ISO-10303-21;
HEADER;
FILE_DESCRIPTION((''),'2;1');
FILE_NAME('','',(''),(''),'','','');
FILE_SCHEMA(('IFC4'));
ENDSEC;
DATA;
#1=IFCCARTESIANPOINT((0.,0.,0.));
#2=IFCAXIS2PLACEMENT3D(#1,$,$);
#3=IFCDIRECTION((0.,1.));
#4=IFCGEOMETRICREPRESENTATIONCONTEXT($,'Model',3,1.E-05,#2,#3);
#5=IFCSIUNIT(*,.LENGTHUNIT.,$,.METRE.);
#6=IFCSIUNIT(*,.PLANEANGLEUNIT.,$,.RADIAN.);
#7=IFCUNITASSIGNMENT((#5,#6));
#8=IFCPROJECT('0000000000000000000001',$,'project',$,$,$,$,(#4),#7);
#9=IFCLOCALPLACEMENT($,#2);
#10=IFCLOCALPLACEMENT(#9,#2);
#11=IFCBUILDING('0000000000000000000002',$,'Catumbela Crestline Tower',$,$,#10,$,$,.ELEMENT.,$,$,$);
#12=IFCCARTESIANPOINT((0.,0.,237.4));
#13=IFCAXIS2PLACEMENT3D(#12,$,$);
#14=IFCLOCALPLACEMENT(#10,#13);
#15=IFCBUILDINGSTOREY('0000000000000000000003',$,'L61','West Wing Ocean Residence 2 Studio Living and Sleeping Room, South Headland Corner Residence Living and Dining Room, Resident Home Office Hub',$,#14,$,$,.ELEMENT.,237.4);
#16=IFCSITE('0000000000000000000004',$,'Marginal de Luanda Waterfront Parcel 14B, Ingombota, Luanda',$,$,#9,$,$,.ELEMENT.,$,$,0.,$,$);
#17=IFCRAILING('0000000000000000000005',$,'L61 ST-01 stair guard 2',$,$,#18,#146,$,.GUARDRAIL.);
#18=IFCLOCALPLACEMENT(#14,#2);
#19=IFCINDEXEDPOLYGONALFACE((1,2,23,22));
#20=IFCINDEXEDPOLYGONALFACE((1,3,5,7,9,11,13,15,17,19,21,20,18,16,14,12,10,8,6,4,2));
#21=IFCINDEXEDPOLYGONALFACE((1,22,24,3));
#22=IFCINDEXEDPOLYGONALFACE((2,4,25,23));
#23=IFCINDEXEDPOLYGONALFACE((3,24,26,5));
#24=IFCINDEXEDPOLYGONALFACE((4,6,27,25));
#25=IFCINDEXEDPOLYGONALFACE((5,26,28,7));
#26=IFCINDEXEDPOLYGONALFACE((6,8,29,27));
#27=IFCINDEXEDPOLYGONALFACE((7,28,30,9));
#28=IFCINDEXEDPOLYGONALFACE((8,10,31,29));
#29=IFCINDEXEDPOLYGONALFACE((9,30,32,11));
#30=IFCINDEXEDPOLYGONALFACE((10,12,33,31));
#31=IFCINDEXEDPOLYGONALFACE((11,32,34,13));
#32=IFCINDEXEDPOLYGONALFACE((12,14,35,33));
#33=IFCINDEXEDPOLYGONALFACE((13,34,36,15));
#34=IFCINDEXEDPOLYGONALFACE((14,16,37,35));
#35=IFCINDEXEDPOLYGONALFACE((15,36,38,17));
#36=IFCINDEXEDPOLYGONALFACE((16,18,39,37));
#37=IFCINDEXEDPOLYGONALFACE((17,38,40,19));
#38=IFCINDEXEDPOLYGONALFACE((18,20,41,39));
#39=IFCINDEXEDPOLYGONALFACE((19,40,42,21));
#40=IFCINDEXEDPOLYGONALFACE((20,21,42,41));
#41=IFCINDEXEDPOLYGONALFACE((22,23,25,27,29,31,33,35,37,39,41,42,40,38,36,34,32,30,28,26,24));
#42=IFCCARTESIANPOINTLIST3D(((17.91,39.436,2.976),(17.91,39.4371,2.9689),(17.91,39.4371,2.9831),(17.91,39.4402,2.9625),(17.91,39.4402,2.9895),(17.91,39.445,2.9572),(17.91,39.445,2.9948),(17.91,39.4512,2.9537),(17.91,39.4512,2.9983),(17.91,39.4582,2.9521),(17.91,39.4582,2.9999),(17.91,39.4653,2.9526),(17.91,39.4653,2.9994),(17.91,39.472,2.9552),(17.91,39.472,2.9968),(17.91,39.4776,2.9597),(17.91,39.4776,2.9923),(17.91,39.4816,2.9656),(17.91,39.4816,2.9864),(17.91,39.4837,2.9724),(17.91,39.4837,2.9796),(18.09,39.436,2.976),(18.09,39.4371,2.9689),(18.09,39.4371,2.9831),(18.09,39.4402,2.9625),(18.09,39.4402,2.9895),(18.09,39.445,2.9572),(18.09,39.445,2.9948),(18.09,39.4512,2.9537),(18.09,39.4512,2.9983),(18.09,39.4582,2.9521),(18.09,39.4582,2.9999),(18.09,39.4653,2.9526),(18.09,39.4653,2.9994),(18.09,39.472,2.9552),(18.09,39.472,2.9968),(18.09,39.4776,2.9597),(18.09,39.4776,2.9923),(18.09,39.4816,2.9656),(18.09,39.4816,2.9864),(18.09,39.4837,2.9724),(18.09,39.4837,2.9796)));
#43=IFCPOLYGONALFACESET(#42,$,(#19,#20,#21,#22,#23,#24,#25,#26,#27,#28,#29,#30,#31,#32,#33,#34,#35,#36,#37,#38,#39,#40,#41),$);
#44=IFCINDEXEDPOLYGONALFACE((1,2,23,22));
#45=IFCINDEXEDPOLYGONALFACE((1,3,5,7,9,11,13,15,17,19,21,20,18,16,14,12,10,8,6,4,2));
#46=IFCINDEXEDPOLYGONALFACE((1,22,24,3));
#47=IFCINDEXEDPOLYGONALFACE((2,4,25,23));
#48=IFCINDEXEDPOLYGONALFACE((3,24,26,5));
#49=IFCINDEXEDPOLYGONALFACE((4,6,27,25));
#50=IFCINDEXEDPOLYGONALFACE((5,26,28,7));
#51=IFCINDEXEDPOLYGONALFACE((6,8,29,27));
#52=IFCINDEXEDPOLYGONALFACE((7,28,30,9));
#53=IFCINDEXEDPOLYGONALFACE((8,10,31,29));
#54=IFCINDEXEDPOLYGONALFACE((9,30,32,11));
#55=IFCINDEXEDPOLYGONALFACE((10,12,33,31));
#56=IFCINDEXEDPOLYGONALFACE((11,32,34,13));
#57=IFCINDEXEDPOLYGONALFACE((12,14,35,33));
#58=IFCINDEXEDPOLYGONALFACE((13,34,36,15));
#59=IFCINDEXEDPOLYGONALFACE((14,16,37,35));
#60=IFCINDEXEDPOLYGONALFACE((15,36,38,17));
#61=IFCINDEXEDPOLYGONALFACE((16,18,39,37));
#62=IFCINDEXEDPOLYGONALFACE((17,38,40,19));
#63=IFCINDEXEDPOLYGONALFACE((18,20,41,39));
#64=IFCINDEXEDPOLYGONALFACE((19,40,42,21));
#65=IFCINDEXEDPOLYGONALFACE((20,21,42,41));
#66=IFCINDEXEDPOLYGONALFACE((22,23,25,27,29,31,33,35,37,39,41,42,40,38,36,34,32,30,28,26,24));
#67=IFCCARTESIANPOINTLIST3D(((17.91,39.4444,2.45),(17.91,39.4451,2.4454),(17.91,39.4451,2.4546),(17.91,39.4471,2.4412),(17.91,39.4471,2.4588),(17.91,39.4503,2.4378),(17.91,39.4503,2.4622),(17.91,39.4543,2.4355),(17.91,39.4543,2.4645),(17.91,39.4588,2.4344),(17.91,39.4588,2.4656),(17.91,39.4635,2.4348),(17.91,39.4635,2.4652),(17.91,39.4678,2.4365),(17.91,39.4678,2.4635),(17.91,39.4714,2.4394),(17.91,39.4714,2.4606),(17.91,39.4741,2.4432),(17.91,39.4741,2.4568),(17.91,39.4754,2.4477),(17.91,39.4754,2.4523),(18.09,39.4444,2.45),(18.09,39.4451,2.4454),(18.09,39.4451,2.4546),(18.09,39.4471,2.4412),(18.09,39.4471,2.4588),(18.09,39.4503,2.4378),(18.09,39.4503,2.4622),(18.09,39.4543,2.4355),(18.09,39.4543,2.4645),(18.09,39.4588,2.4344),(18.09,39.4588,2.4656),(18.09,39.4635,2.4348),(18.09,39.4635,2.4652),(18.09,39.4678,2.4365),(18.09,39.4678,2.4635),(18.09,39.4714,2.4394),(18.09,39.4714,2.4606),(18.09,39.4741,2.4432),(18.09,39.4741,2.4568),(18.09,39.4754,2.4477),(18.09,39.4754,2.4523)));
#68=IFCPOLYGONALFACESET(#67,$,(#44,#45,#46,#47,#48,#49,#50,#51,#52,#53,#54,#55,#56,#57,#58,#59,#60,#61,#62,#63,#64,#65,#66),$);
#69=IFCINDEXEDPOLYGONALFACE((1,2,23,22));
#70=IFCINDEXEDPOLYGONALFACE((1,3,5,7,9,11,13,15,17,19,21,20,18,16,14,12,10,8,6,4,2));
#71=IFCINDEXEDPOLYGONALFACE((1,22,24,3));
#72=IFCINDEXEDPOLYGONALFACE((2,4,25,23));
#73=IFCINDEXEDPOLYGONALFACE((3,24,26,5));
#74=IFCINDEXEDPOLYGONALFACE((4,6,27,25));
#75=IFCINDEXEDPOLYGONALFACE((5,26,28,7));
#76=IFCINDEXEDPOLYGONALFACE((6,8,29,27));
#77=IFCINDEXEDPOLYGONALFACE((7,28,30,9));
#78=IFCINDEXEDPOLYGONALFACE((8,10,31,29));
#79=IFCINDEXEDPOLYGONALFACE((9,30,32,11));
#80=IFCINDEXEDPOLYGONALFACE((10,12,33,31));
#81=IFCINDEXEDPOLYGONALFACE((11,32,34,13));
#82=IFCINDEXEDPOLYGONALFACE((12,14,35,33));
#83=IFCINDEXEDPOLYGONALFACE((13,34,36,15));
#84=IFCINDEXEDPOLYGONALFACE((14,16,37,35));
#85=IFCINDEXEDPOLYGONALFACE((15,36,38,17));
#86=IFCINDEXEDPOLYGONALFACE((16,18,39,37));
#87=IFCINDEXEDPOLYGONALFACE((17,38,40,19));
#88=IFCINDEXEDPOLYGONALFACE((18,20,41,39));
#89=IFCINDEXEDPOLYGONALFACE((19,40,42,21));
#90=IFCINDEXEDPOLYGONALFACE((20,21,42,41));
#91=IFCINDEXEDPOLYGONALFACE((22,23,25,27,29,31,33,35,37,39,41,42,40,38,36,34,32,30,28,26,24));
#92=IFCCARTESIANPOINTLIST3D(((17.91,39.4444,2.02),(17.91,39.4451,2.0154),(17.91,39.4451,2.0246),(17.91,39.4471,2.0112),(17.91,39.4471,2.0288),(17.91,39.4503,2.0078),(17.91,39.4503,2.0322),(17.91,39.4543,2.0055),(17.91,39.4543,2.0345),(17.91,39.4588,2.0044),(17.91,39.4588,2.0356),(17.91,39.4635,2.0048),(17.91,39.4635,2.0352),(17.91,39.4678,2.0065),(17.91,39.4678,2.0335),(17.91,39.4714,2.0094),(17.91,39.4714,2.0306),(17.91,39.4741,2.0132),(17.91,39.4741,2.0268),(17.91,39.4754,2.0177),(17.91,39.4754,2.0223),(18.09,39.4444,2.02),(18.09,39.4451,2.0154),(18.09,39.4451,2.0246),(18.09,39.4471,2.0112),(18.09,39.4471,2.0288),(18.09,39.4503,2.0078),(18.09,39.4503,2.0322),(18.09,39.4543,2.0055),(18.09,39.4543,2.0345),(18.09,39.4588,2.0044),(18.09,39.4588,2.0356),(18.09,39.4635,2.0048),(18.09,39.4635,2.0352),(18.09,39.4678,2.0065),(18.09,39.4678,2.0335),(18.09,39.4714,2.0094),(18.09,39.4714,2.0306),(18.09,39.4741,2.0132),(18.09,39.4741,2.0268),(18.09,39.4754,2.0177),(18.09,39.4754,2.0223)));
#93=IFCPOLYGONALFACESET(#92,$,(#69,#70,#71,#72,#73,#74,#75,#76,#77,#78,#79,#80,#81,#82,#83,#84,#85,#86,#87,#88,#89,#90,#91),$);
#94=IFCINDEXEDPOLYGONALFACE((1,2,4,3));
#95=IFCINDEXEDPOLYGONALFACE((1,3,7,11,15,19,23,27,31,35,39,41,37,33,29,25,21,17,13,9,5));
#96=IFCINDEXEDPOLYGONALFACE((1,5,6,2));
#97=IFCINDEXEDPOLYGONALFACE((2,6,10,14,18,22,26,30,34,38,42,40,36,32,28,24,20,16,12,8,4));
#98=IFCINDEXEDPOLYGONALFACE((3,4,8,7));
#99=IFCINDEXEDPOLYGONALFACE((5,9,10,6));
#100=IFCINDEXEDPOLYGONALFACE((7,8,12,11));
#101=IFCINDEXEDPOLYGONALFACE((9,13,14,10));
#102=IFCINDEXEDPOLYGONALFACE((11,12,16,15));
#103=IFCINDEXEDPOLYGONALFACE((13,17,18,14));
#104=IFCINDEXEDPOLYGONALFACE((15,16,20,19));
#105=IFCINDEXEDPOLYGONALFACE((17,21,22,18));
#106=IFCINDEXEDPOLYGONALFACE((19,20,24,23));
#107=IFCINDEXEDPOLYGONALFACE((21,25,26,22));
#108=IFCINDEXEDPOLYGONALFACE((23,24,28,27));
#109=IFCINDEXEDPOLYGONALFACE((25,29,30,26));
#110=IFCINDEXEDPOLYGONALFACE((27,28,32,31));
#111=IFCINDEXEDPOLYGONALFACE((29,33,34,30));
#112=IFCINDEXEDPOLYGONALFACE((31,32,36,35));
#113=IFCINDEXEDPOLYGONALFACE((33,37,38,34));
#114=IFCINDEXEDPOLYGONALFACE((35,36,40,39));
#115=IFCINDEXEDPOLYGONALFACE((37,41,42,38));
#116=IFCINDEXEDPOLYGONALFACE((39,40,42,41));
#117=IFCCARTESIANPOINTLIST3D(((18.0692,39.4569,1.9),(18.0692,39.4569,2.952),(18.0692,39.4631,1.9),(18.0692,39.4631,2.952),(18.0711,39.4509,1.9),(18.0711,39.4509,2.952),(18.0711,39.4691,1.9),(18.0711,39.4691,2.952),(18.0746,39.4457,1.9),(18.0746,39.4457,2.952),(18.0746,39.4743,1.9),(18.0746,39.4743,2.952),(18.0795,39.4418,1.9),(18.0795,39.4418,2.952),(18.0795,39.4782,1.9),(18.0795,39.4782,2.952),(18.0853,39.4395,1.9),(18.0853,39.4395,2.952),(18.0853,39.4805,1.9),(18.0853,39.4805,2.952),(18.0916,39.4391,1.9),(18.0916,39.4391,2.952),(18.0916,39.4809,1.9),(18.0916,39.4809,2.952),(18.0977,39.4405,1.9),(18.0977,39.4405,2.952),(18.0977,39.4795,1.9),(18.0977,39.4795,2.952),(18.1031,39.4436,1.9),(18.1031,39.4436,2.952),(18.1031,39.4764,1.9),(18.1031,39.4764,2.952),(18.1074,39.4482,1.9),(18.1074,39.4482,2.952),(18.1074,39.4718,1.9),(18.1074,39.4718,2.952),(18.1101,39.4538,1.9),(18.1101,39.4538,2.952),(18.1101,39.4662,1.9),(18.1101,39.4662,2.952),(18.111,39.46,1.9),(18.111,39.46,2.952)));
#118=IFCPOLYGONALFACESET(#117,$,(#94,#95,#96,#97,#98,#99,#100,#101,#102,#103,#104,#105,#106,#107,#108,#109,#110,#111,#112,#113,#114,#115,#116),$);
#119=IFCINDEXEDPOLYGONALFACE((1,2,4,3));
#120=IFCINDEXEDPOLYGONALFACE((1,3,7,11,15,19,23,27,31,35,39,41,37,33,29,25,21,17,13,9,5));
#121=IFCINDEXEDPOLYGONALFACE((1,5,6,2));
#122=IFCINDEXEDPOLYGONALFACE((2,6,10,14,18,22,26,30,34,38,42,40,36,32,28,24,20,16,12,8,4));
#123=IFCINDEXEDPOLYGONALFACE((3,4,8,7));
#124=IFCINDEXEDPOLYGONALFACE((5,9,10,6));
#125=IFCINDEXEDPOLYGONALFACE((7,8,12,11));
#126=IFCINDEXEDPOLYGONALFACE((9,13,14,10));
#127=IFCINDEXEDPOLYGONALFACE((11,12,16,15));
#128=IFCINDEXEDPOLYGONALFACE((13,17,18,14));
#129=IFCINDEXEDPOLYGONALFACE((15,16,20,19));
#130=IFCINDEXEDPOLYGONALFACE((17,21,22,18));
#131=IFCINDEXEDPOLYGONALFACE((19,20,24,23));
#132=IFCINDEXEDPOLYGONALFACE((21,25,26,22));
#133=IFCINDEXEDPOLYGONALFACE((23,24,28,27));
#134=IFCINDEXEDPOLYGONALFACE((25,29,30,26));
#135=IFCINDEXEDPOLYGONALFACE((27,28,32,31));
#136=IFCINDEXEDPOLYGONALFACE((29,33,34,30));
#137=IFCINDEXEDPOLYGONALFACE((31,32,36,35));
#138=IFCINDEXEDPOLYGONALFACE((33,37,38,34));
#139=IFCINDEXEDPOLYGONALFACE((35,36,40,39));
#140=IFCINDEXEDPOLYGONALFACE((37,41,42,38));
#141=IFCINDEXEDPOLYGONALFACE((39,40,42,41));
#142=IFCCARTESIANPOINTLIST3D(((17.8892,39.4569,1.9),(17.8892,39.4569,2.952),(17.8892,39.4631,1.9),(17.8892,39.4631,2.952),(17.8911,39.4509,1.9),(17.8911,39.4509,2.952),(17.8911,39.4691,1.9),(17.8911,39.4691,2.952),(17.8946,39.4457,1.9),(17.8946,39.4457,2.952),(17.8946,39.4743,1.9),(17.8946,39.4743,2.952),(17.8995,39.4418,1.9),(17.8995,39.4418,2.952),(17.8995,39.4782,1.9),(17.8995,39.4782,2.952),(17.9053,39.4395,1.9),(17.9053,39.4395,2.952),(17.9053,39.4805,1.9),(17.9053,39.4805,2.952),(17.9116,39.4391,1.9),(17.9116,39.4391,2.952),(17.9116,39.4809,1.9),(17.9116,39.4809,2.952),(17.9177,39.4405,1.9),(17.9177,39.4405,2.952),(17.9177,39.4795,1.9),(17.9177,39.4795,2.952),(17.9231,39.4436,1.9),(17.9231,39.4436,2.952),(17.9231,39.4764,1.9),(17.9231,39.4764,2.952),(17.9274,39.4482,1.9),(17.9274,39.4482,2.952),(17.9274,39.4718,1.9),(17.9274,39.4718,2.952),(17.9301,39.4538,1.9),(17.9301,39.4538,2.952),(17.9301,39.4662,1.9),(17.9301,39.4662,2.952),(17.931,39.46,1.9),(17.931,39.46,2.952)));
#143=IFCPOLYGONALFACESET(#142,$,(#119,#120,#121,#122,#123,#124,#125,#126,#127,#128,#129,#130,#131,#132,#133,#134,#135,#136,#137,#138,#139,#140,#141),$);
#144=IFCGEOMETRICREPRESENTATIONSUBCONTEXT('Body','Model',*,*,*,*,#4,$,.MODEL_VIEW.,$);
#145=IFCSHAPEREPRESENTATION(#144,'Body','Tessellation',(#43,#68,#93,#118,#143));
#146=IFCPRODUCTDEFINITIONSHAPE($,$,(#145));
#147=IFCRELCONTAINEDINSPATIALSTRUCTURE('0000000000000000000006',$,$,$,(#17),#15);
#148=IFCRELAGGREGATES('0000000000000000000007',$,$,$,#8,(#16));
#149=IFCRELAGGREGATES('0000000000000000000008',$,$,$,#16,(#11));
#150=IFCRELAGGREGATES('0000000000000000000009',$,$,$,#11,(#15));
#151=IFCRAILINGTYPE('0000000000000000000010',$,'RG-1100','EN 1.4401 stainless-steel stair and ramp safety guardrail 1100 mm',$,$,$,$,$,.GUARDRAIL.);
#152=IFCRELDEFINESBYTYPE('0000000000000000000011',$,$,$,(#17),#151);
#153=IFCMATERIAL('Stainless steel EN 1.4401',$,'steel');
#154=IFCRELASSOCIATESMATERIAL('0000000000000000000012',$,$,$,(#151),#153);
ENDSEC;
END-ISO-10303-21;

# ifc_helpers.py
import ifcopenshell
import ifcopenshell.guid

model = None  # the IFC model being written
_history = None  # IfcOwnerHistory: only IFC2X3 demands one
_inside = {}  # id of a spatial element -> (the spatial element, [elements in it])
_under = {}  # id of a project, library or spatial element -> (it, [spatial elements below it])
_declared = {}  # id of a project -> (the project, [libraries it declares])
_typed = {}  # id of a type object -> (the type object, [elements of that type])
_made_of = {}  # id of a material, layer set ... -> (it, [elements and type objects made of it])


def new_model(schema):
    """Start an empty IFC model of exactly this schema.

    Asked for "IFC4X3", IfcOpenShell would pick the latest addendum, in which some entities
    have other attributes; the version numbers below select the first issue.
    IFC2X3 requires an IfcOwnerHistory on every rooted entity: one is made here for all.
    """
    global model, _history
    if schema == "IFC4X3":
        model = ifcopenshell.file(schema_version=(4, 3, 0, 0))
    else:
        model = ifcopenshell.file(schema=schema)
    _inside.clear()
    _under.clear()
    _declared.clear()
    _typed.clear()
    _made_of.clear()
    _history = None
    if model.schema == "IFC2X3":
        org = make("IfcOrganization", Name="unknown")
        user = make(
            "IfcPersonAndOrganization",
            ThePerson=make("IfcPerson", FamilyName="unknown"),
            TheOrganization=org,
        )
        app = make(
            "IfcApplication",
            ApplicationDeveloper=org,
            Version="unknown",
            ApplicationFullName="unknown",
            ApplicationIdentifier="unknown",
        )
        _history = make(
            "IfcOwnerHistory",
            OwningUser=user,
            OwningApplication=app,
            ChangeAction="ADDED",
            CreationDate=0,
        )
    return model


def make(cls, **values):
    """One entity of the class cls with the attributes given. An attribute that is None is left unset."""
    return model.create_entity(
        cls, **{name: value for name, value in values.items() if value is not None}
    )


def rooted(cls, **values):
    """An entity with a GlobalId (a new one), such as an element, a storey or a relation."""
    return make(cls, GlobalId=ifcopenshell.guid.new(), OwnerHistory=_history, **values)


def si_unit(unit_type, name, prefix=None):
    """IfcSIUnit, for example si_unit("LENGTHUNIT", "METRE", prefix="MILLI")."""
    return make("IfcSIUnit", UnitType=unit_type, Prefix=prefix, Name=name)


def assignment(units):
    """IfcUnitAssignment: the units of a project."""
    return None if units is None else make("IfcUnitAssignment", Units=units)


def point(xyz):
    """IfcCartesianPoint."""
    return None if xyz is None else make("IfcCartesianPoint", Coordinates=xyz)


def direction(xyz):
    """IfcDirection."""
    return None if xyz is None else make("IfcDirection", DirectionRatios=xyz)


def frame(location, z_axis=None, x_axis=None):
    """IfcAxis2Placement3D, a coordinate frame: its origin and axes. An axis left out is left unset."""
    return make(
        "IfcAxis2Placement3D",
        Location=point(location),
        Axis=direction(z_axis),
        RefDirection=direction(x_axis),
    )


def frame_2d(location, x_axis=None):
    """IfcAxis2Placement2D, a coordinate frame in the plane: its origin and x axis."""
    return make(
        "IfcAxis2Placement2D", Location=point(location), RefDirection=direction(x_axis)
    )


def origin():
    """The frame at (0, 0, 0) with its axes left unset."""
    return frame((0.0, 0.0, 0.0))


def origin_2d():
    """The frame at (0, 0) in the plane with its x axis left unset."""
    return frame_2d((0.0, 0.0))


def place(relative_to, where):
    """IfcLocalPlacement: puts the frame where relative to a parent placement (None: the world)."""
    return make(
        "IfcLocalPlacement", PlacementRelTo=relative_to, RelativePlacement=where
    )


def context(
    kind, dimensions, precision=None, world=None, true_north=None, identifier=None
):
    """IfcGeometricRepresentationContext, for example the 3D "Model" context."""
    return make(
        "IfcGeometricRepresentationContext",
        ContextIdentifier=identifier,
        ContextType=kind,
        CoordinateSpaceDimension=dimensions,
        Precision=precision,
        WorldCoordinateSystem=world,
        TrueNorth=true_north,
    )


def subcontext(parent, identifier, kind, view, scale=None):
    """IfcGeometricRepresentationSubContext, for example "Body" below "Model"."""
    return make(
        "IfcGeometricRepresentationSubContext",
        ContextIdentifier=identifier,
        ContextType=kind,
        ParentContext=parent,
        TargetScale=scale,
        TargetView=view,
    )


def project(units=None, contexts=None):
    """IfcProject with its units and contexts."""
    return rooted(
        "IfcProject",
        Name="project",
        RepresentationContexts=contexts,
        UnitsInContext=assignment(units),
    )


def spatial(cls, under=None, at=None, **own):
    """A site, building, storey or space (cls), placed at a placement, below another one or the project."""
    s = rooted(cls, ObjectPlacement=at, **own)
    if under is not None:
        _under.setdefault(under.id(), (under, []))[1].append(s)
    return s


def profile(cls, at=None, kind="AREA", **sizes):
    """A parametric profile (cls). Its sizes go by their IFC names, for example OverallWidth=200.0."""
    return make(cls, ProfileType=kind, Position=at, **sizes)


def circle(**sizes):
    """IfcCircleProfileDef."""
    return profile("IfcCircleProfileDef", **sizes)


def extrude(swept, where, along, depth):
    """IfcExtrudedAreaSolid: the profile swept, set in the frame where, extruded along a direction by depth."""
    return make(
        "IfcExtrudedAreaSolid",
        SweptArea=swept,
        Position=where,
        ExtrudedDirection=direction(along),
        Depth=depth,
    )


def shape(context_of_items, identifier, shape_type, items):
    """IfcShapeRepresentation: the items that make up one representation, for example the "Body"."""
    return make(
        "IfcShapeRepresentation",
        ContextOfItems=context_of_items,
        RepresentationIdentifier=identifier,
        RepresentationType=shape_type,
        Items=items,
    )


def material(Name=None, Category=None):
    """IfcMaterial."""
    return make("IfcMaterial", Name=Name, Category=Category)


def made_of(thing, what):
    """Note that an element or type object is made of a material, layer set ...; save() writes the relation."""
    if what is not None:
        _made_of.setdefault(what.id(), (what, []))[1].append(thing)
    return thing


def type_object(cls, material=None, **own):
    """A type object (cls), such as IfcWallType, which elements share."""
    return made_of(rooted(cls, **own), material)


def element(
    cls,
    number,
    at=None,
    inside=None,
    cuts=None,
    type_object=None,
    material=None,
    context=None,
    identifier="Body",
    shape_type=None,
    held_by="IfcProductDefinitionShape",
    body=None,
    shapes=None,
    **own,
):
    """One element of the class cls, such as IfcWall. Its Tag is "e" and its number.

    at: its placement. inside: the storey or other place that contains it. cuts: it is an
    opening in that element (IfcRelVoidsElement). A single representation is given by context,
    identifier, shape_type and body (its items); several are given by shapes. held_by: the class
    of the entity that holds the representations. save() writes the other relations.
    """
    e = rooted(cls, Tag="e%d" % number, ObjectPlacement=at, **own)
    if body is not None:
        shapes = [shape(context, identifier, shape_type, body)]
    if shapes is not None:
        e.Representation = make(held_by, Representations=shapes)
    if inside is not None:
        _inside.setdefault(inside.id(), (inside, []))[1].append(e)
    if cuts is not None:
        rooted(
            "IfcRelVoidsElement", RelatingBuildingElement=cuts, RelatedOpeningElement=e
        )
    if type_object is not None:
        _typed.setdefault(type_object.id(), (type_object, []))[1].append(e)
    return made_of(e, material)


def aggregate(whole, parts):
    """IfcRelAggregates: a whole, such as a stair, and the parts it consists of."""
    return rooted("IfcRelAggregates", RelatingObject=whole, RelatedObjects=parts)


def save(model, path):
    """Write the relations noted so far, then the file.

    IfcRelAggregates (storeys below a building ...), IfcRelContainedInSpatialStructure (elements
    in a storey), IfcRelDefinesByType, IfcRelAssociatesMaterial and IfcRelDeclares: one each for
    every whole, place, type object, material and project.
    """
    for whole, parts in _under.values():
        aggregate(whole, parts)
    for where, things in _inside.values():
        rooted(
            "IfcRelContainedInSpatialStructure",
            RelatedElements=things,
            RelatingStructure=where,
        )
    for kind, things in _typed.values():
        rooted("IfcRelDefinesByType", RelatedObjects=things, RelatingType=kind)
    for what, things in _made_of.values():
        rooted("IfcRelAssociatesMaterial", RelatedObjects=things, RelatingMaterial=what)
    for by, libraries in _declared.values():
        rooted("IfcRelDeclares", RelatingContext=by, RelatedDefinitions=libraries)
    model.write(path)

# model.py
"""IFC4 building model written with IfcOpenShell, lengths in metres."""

from ifc_helpers import new_model, si_unit, direction, frame, origin, origin_2d, place, context, subcontext, project, spatial, circle, extrude, material, type_object, element, save


model = new_model("IFC4")

# Units and contexts
model_context = context("Model", 3, precision=1e-05, world=origin(), true_north=direction((0.0, 1.0)))
body_context = subcontext(model_context, "Body", "Model", "MODEL_VIEW")
ifc_project = project(units=[si_unit("LENGTHUNIT", "METRE"), si_unit("PLANEANGLEUNIT", "RADIAN")], contexts=[model_context])

# Site, building, storey
site_placement = place(None, origin())
site = spatial("IfcSite", under=ifc_project, at=site_placement, Name="Marginal de Luanda Waterfront Parcel 14B, Ingombota, Luanda", CompositionType="ELEMENT", RefElevation=0.0)
building_placement = place(site_placement, origin())
building = spatial("IfcBuilding", under=site, at=building_placement, Name="Catumbela Crestline Tower", CompositionType="ELEMENT")
storey_placement = place(building_placement, frame((0.0, 0.0, 237.4)))
storey = spatial("IfcBuildingStorey", under=building, at=storey_placement, Name="L61", Description="West Wing Ocean Residence 2 Studio Living and Sleeping Room, South Headland Corner Residence Living and Dining Room, Resident Home Office Hub", CompositionType="ELEMENT", Elevation=237.4)

# Shared definitions
ifc_material_1 = material(Name="Stainless steel EN 1.4401", Category="steel")

# Railing
railing_type_1 = type_object("IfcRailingType", Name="RG-1100", Description="EN 1.4401 stainless-steel stair and ramp safety guardrail 1100 mm", PredefinedType="GUARDRAIL", material=ifc_material_1)
railing_1_placement = place(storey_placement, frame((18.09, 39.46, 1.9)))
element("IfcRailing", 1, at=railing_1_placement, inside=storey, type_object=railing_type_1, Name="L61 ST-01 stair guard 2", PredefinedType="GUARDRAIL", context=body_context, shape_type="SweptSolid", body=[
    extrude(circle(Radius=0.024, at=origin_2d()), frame((0.0, 0.0, 1.076), z_axis=(-1.0, 0.0, 0.0), x_axis=(0.0, -1.0, 0.0)), (0.0, 0.0, 1.0), 0.18),
    extrude(circle(Radius=0.0156, at=origin_2d()), frame((0.0, 0.0, 0.55), z_axis=(-1.0, 0.0, 0.0), x_axis=(0.0, -1.0, 0.0)), (0.0, 0.0, 1.0), 0.18),
    extrude(circle(Radius=0.0156, at=origin_2d()), frame((0.0, 0.0, 0.12), z_axis=(-1.0, 0.0, 0.0), x_axis=(0.0, -1.0, 0.0)), (0.0, 0.0, 1.0), 0.18),
    extrude(circle(Radius=0.021, at=origin_2d()), origin(), (0.0, 0.0, 1.0), 1.052),
    extrude(circle(Radius=0.021, at=origin_2d()), frame((-0.18, 0.0, 0.0)), (0.0, 0.0, 1.0), 1.052),
])

save(model, "model.ifc")
